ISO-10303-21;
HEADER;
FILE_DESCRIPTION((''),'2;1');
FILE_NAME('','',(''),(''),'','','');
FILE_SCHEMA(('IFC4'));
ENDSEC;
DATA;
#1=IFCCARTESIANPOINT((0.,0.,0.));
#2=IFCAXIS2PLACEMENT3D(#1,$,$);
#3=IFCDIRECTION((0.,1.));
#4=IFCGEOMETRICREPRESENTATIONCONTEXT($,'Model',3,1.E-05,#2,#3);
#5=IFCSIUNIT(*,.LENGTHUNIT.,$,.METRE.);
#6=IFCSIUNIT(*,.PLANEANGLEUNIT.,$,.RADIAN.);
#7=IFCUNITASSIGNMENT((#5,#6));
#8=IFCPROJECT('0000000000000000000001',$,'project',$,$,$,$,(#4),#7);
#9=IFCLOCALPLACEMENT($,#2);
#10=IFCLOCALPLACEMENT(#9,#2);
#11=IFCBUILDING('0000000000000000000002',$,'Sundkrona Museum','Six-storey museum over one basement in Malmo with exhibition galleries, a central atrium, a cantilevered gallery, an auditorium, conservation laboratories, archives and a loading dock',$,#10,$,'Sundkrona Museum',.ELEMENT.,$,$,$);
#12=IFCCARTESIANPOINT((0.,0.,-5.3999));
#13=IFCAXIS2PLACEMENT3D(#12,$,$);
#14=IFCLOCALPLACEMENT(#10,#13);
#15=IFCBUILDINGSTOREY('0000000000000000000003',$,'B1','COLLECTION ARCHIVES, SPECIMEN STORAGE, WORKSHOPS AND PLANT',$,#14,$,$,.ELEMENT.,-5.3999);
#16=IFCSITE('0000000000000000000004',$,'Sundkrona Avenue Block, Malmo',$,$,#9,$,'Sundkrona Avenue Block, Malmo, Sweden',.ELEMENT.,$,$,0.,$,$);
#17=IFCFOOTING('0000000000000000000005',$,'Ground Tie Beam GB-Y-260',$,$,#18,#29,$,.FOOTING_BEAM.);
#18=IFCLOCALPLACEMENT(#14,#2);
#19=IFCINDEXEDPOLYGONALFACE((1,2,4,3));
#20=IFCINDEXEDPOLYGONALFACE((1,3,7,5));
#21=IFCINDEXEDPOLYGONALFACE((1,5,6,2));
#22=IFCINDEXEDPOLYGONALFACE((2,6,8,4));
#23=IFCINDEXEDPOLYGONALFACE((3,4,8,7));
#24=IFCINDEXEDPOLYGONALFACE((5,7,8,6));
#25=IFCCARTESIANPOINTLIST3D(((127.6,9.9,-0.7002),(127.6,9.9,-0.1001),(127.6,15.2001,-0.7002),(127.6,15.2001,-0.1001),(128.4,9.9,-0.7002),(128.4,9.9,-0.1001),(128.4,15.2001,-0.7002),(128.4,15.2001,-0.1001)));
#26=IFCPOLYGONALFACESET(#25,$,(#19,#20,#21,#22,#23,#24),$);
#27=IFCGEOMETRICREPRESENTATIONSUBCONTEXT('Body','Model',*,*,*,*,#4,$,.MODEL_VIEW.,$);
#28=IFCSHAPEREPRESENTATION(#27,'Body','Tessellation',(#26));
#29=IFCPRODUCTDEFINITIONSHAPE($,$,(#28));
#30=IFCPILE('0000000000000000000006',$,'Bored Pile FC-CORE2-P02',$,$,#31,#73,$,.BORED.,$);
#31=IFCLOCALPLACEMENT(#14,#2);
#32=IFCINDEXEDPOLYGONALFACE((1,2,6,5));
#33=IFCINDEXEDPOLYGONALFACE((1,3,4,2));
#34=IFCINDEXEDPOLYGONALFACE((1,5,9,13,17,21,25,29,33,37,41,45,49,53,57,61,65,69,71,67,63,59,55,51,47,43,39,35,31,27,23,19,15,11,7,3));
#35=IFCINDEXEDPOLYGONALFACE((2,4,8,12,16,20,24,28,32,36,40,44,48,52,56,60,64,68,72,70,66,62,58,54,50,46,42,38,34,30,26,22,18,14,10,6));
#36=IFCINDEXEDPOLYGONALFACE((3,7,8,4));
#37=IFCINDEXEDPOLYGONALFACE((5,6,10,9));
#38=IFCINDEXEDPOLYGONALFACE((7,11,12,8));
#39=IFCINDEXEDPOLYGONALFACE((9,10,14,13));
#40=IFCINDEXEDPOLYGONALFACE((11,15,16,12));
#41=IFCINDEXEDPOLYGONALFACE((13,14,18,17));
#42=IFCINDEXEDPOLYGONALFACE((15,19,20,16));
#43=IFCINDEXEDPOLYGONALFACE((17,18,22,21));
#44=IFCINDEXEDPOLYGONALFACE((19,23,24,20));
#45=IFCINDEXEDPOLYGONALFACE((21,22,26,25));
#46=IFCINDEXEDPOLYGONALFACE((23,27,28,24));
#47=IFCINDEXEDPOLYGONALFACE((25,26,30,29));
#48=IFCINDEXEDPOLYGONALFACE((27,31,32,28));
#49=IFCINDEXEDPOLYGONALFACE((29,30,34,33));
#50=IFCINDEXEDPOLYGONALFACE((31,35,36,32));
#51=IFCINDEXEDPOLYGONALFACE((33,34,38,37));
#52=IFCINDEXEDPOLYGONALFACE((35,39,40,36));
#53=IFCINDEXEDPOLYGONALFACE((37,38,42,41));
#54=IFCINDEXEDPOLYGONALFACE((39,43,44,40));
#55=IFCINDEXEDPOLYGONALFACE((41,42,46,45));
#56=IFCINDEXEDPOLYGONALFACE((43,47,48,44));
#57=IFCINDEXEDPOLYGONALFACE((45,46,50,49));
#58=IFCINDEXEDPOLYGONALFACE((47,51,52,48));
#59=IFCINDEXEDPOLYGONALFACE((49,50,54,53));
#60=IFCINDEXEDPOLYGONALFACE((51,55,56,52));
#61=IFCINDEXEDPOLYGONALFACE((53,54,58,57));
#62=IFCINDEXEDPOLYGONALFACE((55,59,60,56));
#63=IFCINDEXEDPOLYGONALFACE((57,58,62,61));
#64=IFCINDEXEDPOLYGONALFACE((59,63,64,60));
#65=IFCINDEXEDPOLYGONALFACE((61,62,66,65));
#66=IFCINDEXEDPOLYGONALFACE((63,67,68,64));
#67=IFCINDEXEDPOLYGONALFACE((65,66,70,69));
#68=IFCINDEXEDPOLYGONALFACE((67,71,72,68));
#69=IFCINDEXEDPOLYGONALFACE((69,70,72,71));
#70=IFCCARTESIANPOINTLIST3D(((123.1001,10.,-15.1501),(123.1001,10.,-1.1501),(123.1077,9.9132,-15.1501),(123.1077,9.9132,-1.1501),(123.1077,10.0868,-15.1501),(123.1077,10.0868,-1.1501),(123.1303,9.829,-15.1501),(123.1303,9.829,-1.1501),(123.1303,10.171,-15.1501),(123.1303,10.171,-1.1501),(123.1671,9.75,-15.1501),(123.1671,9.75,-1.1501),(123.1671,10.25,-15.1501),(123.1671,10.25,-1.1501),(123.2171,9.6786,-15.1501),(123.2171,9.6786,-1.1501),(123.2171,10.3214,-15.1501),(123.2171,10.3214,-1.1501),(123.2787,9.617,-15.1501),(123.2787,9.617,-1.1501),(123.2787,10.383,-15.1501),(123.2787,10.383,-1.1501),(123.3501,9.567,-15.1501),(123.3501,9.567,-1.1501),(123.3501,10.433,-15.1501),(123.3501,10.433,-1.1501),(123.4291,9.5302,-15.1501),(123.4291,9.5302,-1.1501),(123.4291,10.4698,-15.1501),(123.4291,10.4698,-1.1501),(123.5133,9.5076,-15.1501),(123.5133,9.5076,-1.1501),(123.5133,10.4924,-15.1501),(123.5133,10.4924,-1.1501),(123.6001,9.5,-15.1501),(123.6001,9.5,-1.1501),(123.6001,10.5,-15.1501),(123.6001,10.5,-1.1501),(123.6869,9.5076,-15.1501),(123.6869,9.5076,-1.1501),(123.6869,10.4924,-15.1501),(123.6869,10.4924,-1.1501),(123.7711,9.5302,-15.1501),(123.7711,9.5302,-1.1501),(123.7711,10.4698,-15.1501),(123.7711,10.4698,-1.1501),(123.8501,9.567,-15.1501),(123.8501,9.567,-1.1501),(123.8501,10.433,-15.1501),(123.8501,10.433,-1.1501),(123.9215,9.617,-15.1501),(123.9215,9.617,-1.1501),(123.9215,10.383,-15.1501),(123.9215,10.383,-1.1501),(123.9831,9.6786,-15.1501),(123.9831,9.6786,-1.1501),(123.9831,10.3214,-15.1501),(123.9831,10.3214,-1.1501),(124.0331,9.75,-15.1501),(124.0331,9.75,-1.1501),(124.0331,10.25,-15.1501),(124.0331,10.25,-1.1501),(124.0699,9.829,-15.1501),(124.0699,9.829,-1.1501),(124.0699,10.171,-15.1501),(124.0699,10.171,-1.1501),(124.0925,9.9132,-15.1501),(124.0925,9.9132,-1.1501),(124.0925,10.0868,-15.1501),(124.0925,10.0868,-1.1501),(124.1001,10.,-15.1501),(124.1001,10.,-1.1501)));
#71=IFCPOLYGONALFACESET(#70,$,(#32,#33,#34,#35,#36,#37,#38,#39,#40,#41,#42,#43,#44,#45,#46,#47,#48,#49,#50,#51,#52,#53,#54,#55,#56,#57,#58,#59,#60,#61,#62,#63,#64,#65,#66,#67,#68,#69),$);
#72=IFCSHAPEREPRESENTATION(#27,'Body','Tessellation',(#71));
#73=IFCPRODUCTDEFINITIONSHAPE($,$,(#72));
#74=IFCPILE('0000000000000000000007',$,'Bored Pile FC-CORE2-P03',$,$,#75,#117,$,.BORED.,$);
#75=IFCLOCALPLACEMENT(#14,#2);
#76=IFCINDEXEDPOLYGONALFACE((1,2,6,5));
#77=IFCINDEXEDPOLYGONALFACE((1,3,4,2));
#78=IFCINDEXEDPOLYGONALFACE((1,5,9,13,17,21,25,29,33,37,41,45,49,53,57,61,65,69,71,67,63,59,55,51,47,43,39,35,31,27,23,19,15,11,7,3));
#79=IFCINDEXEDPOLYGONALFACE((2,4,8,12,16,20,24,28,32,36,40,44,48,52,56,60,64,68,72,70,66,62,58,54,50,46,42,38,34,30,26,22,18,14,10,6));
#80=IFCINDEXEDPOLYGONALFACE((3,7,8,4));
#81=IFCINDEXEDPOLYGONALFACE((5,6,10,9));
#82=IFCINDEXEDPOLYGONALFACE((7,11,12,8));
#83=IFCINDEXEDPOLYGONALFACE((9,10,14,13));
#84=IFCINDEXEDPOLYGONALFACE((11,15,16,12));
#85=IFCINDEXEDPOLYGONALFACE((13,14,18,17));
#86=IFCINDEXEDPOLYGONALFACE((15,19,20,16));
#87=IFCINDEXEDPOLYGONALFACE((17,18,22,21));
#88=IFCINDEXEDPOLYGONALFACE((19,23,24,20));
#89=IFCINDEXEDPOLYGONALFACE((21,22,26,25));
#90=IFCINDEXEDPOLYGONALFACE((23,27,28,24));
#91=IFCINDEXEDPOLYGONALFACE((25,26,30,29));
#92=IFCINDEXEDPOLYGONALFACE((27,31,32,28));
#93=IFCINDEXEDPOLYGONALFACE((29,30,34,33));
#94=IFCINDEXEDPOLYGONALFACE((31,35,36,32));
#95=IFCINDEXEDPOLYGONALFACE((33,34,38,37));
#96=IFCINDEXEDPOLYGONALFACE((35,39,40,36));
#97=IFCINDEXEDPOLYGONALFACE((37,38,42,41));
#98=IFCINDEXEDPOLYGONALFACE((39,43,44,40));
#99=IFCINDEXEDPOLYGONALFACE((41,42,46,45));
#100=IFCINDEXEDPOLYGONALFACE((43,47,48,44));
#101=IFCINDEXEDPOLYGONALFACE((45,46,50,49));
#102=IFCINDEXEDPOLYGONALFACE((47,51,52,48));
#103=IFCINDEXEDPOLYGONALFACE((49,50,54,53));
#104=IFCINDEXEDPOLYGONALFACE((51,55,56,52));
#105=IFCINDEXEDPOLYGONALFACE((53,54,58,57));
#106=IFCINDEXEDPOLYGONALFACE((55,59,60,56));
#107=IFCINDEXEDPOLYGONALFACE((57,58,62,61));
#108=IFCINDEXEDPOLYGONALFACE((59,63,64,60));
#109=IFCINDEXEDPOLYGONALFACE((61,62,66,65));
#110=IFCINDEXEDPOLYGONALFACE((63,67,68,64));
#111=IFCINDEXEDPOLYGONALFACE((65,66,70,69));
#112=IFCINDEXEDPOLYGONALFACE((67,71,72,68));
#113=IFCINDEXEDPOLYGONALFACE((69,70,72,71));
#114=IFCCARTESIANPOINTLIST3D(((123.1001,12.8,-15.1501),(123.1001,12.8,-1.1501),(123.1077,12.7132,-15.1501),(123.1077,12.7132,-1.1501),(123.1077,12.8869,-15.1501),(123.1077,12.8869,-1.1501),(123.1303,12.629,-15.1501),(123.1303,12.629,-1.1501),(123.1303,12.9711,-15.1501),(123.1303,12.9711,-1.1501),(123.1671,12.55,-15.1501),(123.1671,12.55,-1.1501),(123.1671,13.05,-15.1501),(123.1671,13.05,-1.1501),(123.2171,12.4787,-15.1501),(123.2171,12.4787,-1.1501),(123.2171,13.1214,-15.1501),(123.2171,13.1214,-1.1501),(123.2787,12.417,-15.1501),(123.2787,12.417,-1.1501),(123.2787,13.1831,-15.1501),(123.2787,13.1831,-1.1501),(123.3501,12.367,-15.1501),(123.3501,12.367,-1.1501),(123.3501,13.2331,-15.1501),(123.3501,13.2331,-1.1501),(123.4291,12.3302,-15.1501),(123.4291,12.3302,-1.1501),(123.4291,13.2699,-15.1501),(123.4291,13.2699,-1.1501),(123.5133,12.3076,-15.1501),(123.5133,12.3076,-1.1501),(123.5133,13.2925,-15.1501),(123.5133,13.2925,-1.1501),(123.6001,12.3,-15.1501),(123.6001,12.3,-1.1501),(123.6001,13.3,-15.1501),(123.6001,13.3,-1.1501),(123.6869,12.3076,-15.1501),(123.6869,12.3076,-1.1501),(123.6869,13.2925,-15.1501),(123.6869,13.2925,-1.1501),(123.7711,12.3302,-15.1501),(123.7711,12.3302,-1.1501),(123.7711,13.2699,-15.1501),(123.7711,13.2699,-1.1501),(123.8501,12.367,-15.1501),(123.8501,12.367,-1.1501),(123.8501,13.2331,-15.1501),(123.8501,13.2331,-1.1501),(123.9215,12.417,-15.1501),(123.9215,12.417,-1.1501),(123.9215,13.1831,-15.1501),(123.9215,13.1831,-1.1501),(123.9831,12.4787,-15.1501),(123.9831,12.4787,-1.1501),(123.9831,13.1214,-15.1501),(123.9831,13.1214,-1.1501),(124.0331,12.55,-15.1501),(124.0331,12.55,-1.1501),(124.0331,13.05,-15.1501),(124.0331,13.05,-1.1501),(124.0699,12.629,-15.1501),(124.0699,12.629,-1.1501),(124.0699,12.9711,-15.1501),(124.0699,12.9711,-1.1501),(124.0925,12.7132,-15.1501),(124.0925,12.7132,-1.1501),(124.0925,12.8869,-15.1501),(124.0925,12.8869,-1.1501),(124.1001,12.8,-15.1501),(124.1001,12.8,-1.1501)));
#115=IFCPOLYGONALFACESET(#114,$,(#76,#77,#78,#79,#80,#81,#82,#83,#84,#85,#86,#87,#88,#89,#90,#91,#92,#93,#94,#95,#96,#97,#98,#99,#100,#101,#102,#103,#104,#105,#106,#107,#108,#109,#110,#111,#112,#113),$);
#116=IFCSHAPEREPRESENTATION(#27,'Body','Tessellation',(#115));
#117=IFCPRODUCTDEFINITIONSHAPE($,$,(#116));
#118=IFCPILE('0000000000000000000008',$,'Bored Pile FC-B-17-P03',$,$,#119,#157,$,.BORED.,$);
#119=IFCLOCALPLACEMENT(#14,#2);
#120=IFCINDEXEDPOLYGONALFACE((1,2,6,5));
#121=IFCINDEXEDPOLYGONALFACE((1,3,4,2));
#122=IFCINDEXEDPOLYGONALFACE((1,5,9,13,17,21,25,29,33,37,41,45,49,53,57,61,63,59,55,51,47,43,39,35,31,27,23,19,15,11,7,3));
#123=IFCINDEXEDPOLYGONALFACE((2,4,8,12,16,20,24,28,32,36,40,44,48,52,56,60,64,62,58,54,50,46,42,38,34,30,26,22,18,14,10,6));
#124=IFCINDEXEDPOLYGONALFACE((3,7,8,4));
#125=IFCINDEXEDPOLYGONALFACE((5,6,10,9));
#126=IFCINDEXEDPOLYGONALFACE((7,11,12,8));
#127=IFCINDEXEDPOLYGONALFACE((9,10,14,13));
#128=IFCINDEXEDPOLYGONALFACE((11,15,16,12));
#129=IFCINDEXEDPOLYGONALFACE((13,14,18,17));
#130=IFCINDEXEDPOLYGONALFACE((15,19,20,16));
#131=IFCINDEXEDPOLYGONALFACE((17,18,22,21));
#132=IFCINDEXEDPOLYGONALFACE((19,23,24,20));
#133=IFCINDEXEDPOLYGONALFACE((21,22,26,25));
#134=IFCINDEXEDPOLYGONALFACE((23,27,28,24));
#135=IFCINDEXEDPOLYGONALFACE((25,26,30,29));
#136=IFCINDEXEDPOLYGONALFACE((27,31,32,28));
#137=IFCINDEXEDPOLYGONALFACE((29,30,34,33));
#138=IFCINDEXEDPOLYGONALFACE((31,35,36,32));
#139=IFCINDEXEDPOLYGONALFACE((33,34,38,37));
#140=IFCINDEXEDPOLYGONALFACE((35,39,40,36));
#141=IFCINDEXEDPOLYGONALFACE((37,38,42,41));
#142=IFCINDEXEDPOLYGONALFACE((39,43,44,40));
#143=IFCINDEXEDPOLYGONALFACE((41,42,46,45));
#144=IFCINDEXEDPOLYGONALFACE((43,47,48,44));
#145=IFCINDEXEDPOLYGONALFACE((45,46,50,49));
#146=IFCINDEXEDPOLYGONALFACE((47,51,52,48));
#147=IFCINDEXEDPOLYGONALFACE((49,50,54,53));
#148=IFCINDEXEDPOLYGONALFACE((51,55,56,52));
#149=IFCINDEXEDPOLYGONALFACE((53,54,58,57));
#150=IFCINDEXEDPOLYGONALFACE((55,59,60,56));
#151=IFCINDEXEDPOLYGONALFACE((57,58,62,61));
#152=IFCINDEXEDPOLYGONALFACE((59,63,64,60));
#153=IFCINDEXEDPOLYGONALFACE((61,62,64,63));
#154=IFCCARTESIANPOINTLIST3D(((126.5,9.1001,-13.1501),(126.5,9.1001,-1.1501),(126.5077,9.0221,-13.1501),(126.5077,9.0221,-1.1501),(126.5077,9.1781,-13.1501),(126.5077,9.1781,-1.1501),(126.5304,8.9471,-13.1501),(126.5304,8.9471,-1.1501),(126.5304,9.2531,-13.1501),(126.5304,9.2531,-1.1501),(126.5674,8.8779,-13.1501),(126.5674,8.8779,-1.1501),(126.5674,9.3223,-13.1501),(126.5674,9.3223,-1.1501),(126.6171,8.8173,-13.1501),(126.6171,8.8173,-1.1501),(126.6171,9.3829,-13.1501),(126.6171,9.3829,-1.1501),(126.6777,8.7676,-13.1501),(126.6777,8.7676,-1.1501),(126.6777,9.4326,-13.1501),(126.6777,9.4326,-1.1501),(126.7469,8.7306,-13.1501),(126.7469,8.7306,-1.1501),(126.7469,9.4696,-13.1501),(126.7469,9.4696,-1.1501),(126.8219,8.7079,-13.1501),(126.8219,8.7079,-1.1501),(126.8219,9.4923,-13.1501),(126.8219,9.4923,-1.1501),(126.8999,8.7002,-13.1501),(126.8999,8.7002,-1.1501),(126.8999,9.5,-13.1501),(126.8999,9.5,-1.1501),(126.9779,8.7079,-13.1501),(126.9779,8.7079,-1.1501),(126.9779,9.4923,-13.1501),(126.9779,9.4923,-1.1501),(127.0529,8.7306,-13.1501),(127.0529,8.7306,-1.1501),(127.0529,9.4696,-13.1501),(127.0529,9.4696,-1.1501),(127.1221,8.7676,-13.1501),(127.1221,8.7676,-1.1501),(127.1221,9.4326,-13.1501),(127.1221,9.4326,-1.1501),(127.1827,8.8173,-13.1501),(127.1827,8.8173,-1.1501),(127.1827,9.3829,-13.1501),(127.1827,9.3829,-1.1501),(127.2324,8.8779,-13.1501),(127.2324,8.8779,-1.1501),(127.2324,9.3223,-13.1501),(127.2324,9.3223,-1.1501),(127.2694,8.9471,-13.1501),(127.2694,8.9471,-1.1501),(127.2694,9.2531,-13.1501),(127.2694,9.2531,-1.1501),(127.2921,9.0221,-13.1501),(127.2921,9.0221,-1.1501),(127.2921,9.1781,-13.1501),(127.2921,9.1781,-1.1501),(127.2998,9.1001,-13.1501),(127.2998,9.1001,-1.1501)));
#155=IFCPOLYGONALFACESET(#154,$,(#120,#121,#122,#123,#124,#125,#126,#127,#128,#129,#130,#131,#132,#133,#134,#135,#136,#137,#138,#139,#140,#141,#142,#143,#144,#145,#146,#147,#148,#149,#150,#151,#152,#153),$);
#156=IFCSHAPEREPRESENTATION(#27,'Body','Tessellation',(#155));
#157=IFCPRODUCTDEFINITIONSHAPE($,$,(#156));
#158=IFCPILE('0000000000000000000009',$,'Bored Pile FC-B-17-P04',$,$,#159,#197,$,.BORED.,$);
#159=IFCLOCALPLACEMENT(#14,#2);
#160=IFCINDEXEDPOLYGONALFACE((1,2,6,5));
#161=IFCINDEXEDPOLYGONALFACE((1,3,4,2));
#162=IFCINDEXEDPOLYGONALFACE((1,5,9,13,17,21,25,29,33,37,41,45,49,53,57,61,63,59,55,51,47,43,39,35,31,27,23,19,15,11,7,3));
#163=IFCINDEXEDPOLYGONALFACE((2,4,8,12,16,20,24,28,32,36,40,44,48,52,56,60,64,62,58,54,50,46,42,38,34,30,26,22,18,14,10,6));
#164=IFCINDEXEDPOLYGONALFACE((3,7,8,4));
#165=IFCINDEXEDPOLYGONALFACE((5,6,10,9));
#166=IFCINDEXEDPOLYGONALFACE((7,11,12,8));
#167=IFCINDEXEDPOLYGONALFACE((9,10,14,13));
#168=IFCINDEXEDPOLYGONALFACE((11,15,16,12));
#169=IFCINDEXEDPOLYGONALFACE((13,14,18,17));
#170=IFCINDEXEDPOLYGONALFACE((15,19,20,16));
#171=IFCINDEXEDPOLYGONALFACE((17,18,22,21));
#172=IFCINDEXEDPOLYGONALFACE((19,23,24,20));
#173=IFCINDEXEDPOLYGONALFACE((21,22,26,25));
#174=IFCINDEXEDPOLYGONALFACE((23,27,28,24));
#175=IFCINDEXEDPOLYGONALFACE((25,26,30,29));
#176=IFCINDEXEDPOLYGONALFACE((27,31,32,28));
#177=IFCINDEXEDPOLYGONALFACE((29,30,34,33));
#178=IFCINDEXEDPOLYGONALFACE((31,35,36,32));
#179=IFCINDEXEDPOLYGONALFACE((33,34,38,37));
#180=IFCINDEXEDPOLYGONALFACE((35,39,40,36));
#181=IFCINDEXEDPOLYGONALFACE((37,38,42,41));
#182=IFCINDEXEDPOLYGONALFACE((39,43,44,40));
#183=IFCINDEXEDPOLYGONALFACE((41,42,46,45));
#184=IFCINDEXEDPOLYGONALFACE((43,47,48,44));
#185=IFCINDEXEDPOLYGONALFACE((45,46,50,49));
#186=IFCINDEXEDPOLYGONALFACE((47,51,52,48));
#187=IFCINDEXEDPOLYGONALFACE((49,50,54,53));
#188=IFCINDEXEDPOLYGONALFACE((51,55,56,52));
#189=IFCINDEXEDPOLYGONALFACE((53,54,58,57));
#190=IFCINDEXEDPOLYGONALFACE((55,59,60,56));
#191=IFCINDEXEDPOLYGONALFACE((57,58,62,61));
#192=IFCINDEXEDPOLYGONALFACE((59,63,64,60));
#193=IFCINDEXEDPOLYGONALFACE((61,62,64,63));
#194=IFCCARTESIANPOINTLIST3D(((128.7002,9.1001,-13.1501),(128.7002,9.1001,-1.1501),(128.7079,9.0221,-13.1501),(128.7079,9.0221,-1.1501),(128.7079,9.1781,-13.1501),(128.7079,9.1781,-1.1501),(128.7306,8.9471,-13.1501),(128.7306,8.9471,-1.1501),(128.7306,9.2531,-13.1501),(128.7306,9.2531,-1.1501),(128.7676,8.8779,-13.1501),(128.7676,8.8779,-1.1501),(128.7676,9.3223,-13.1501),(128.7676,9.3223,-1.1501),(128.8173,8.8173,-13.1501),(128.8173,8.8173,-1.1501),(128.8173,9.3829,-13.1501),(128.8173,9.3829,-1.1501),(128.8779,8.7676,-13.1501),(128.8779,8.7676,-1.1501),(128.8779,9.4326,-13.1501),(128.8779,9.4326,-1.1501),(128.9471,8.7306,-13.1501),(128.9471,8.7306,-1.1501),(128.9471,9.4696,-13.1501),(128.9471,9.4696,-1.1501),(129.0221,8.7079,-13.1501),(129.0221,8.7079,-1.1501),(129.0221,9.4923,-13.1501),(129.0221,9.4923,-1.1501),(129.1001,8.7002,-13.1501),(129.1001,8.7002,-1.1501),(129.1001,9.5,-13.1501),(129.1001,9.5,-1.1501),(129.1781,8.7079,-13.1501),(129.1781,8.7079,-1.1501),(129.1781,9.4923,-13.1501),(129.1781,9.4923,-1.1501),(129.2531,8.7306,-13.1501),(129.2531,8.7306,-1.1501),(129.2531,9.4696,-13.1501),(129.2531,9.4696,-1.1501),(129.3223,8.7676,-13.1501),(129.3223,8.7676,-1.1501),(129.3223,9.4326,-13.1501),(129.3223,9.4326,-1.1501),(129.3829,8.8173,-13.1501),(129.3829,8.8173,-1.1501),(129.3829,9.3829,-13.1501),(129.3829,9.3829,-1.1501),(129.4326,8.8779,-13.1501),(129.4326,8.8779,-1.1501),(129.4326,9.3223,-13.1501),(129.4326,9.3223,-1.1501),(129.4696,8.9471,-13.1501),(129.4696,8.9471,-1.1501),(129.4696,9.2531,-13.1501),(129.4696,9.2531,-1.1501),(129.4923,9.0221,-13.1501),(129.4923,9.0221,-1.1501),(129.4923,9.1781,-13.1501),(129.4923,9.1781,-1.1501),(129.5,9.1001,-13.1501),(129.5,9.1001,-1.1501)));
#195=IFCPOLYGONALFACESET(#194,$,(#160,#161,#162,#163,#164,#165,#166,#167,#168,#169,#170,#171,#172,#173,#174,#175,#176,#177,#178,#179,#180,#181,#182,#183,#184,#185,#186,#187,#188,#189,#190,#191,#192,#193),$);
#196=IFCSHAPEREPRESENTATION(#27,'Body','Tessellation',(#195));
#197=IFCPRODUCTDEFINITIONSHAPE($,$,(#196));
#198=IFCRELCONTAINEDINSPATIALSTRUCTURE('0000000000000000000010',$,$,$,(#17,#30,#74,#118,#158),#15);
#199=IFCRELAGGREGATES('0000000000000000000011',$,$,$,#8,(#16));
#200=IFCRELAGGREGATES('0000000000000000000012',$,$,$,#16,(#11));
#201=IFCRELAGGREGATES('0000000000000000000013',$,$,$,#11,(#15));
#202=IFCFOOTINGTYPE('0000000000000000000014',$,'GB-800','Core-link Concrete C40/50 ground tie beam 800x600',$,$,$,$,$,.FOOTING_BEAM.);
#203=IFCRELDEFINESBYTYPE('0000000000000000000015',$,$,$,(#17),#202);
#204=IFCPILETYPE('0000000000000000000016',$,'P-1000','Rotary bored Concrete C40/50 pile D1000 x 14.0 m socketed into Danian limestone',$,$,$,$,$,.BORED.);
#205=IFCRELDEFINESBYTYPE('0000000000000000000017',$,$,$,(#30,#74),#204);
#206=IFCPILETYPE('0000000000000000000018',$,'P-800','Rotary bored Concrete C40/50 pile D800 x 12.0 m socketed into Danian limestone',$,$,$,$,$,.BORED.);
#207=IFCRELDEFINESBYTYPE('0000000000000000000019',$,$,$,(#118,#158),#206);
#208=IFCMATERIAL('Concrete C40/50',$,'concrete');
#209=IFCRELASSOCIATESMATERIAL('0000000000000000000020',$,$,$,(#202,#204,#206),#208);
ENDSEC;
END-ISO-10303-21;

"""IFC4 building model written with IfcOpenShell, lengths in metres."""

from ifc_helpers import new_model, si_unit, direction, frame, origin, origin_2d, place, context, subcontext, project, spatial, rectangle, circle, extrude, material, material_profile, profile_set, type_object, element, save


model = new_model("IFC4")

# Units and contexts
model_context = context("Model", 3, precision=1e-05, world=origin(), true_north=direction((0.0, 1.0)))
body_context = subcontext(model_context, "Body", "Model", "MODEL_VIEW")
ifc_project = project(units=[si_unit("LENGTHUNIT", "METRE"), si_unit("PLANEANGLEUNIT", "RADIAN")], contexts=[model_context])

# Site, building, storey
site_placement = place(None, origin())
site = spatial("IfcSite", under=ifc_project, at=site_placement, Name="Sundkrona Avenue Block, Malmo", LongName="Sundkrona Avenue Block, Malmo, Sweden", CompositionType="ELEMENT", RefElevation=0.0)
building_placement = place(site_placement, origin())
building = spatial("IfcBuilding", under=site, at=building_placement, Name="Sundkrona Museum", Description="Six-storey museum over one basement in Malmo with exhibition galleries, a central atrium, a cantilevered gallery, an auditorium, conservation laboratories, archives and a loading dock", LongName="Sundkrona Museum", CompositionType="ELEMENT")
storey_placement = place(building_placement, frame((0.0, 0.0, -5.3999)))
storey = spatial("IfcBuildingStorey", under=building, at=storey_placement, Name="B1", Description="COLLECTION ARCHIVES, SPECIMEN STORAGE, WORKSHOPS AND PLANT", CompositionType="ELEMENT", Elevation=-5.3999)

# Footing
ifc_material_1 = material(Name="Concrete C40/50", Category="concrete")
footing_type_1 = type_object("IfcFootingType", Name="GB-800", Description="Core-link Concrete C40/50 ground tie beam 800x600", PredefinedType="FOOTING_BEAM", material=ifc_material_1)
footing_1_placement = place(storey_placement, frame((128.0, 12.55, -0.7002), z_axis=(0.0, 0.0, 1.0), x_axis=(0.0, 1.0, 0.0)))
element("IfcFooting", 1, at=footing_1_placement, inside=storey, type_object=footing_type_1, Name="Ground Tie Beam GB-Y-260", PredefinedType="FOOTING_BEAM", context=body_context, shape_type="SweptSolid", body=[
    extrude(rectangle(XDim=5.3, YDim=0.8, at=origin_2d()), origin(), (0.0, 0.0, 1.0), 0.6001),
])

# Piles
ifc_material_profile_1 = material_profile(ifc_material_1, circle(Radius=0.5, at=origin_2d()), Name="PILE D1000")
ifc_profile_set_1 = profile_set([ifc_material_profile_1], Name="Concrete C40/50")
pile_type_1 = type_object("IfcPileType", Name="P-1000", Description="Rotary bored Concrete C40/50 pile D1000 x 14.0 m socketed into Danian limestone", PredefinedType="BORED", material=ifc_profile_set_1)
for number, where, z_axis, x_axis, name in (
    (2, (123.6001, 10.0, -1.1501), (0.0, 0.0, -1.0), (1.0, 0.0, 0.0), "Bored Pile FC-CORE2-P02"),
    (3, (123.6001, 12.8, -1.1501), (0.0, 0.0, -1.0), (1.0, 0.0, 0.0), "Bored Pile FC-CORE2-P03"),
):
    element("IfcPile", number, at=place(storey_placement, frame(where, z_axis=z_axis, x_axis=x_axis)), inside=storey, type_object=pile_type_1, Name=name, PredefinedType="BORED", context=body_context, shape_type="SweptSolid", body=[
        extrude(circle(Radius=0.5, at=origin_2d()), origin(), (0.0, 0.0, 1.0), 14.0),
    ])
ifc_material_profile_2 = material_profile(ifc_material_1, circle(Radius=0.3999, at=origin_2d()), Name="PILE D800")
ifc_profile_set_2 = profile_set([ifc_material_profile_2], Name="Concrete C40/50")
pile_type_2 = type_object("IfcPileType", Name="P-800", Description="Rotary bored Concrete C40/50 pile D800 x 12.0 m socketed into Danian limestone", PredefinedType="BORED", material=ifc_profile_set_2)
for number, where, z_axis, x_axis, name in (
    (4, (126.8999, 9.1001, -1.1501), (0.0, 0.0, -1.0), (1.0, 0.0, 0.0), "Bored Pile FC-B-17-P03"),
    (5, (129.1001, 9.1001, -1.1501), (0.0, 0.0, -1.0), (1.0, 0.0, 0.0), "Bored Pile FC-B-17-P04"),
):
    element("IfcPile", number, at=place(storey_placement, frame(where, z_axis=z_axis, x_axis=x_axis)), inside=storey, type_object=pile_type_2, Name=name, PredefinedType="BORED", context=body_context, shape_type="SweptSolid", body=[
        extrude(circle(Radius=0.3999, at=origin_2d()), origin(), (0.0, 0.0, 1.0), 12.0),
    ])

save(model, "model.ifc")
